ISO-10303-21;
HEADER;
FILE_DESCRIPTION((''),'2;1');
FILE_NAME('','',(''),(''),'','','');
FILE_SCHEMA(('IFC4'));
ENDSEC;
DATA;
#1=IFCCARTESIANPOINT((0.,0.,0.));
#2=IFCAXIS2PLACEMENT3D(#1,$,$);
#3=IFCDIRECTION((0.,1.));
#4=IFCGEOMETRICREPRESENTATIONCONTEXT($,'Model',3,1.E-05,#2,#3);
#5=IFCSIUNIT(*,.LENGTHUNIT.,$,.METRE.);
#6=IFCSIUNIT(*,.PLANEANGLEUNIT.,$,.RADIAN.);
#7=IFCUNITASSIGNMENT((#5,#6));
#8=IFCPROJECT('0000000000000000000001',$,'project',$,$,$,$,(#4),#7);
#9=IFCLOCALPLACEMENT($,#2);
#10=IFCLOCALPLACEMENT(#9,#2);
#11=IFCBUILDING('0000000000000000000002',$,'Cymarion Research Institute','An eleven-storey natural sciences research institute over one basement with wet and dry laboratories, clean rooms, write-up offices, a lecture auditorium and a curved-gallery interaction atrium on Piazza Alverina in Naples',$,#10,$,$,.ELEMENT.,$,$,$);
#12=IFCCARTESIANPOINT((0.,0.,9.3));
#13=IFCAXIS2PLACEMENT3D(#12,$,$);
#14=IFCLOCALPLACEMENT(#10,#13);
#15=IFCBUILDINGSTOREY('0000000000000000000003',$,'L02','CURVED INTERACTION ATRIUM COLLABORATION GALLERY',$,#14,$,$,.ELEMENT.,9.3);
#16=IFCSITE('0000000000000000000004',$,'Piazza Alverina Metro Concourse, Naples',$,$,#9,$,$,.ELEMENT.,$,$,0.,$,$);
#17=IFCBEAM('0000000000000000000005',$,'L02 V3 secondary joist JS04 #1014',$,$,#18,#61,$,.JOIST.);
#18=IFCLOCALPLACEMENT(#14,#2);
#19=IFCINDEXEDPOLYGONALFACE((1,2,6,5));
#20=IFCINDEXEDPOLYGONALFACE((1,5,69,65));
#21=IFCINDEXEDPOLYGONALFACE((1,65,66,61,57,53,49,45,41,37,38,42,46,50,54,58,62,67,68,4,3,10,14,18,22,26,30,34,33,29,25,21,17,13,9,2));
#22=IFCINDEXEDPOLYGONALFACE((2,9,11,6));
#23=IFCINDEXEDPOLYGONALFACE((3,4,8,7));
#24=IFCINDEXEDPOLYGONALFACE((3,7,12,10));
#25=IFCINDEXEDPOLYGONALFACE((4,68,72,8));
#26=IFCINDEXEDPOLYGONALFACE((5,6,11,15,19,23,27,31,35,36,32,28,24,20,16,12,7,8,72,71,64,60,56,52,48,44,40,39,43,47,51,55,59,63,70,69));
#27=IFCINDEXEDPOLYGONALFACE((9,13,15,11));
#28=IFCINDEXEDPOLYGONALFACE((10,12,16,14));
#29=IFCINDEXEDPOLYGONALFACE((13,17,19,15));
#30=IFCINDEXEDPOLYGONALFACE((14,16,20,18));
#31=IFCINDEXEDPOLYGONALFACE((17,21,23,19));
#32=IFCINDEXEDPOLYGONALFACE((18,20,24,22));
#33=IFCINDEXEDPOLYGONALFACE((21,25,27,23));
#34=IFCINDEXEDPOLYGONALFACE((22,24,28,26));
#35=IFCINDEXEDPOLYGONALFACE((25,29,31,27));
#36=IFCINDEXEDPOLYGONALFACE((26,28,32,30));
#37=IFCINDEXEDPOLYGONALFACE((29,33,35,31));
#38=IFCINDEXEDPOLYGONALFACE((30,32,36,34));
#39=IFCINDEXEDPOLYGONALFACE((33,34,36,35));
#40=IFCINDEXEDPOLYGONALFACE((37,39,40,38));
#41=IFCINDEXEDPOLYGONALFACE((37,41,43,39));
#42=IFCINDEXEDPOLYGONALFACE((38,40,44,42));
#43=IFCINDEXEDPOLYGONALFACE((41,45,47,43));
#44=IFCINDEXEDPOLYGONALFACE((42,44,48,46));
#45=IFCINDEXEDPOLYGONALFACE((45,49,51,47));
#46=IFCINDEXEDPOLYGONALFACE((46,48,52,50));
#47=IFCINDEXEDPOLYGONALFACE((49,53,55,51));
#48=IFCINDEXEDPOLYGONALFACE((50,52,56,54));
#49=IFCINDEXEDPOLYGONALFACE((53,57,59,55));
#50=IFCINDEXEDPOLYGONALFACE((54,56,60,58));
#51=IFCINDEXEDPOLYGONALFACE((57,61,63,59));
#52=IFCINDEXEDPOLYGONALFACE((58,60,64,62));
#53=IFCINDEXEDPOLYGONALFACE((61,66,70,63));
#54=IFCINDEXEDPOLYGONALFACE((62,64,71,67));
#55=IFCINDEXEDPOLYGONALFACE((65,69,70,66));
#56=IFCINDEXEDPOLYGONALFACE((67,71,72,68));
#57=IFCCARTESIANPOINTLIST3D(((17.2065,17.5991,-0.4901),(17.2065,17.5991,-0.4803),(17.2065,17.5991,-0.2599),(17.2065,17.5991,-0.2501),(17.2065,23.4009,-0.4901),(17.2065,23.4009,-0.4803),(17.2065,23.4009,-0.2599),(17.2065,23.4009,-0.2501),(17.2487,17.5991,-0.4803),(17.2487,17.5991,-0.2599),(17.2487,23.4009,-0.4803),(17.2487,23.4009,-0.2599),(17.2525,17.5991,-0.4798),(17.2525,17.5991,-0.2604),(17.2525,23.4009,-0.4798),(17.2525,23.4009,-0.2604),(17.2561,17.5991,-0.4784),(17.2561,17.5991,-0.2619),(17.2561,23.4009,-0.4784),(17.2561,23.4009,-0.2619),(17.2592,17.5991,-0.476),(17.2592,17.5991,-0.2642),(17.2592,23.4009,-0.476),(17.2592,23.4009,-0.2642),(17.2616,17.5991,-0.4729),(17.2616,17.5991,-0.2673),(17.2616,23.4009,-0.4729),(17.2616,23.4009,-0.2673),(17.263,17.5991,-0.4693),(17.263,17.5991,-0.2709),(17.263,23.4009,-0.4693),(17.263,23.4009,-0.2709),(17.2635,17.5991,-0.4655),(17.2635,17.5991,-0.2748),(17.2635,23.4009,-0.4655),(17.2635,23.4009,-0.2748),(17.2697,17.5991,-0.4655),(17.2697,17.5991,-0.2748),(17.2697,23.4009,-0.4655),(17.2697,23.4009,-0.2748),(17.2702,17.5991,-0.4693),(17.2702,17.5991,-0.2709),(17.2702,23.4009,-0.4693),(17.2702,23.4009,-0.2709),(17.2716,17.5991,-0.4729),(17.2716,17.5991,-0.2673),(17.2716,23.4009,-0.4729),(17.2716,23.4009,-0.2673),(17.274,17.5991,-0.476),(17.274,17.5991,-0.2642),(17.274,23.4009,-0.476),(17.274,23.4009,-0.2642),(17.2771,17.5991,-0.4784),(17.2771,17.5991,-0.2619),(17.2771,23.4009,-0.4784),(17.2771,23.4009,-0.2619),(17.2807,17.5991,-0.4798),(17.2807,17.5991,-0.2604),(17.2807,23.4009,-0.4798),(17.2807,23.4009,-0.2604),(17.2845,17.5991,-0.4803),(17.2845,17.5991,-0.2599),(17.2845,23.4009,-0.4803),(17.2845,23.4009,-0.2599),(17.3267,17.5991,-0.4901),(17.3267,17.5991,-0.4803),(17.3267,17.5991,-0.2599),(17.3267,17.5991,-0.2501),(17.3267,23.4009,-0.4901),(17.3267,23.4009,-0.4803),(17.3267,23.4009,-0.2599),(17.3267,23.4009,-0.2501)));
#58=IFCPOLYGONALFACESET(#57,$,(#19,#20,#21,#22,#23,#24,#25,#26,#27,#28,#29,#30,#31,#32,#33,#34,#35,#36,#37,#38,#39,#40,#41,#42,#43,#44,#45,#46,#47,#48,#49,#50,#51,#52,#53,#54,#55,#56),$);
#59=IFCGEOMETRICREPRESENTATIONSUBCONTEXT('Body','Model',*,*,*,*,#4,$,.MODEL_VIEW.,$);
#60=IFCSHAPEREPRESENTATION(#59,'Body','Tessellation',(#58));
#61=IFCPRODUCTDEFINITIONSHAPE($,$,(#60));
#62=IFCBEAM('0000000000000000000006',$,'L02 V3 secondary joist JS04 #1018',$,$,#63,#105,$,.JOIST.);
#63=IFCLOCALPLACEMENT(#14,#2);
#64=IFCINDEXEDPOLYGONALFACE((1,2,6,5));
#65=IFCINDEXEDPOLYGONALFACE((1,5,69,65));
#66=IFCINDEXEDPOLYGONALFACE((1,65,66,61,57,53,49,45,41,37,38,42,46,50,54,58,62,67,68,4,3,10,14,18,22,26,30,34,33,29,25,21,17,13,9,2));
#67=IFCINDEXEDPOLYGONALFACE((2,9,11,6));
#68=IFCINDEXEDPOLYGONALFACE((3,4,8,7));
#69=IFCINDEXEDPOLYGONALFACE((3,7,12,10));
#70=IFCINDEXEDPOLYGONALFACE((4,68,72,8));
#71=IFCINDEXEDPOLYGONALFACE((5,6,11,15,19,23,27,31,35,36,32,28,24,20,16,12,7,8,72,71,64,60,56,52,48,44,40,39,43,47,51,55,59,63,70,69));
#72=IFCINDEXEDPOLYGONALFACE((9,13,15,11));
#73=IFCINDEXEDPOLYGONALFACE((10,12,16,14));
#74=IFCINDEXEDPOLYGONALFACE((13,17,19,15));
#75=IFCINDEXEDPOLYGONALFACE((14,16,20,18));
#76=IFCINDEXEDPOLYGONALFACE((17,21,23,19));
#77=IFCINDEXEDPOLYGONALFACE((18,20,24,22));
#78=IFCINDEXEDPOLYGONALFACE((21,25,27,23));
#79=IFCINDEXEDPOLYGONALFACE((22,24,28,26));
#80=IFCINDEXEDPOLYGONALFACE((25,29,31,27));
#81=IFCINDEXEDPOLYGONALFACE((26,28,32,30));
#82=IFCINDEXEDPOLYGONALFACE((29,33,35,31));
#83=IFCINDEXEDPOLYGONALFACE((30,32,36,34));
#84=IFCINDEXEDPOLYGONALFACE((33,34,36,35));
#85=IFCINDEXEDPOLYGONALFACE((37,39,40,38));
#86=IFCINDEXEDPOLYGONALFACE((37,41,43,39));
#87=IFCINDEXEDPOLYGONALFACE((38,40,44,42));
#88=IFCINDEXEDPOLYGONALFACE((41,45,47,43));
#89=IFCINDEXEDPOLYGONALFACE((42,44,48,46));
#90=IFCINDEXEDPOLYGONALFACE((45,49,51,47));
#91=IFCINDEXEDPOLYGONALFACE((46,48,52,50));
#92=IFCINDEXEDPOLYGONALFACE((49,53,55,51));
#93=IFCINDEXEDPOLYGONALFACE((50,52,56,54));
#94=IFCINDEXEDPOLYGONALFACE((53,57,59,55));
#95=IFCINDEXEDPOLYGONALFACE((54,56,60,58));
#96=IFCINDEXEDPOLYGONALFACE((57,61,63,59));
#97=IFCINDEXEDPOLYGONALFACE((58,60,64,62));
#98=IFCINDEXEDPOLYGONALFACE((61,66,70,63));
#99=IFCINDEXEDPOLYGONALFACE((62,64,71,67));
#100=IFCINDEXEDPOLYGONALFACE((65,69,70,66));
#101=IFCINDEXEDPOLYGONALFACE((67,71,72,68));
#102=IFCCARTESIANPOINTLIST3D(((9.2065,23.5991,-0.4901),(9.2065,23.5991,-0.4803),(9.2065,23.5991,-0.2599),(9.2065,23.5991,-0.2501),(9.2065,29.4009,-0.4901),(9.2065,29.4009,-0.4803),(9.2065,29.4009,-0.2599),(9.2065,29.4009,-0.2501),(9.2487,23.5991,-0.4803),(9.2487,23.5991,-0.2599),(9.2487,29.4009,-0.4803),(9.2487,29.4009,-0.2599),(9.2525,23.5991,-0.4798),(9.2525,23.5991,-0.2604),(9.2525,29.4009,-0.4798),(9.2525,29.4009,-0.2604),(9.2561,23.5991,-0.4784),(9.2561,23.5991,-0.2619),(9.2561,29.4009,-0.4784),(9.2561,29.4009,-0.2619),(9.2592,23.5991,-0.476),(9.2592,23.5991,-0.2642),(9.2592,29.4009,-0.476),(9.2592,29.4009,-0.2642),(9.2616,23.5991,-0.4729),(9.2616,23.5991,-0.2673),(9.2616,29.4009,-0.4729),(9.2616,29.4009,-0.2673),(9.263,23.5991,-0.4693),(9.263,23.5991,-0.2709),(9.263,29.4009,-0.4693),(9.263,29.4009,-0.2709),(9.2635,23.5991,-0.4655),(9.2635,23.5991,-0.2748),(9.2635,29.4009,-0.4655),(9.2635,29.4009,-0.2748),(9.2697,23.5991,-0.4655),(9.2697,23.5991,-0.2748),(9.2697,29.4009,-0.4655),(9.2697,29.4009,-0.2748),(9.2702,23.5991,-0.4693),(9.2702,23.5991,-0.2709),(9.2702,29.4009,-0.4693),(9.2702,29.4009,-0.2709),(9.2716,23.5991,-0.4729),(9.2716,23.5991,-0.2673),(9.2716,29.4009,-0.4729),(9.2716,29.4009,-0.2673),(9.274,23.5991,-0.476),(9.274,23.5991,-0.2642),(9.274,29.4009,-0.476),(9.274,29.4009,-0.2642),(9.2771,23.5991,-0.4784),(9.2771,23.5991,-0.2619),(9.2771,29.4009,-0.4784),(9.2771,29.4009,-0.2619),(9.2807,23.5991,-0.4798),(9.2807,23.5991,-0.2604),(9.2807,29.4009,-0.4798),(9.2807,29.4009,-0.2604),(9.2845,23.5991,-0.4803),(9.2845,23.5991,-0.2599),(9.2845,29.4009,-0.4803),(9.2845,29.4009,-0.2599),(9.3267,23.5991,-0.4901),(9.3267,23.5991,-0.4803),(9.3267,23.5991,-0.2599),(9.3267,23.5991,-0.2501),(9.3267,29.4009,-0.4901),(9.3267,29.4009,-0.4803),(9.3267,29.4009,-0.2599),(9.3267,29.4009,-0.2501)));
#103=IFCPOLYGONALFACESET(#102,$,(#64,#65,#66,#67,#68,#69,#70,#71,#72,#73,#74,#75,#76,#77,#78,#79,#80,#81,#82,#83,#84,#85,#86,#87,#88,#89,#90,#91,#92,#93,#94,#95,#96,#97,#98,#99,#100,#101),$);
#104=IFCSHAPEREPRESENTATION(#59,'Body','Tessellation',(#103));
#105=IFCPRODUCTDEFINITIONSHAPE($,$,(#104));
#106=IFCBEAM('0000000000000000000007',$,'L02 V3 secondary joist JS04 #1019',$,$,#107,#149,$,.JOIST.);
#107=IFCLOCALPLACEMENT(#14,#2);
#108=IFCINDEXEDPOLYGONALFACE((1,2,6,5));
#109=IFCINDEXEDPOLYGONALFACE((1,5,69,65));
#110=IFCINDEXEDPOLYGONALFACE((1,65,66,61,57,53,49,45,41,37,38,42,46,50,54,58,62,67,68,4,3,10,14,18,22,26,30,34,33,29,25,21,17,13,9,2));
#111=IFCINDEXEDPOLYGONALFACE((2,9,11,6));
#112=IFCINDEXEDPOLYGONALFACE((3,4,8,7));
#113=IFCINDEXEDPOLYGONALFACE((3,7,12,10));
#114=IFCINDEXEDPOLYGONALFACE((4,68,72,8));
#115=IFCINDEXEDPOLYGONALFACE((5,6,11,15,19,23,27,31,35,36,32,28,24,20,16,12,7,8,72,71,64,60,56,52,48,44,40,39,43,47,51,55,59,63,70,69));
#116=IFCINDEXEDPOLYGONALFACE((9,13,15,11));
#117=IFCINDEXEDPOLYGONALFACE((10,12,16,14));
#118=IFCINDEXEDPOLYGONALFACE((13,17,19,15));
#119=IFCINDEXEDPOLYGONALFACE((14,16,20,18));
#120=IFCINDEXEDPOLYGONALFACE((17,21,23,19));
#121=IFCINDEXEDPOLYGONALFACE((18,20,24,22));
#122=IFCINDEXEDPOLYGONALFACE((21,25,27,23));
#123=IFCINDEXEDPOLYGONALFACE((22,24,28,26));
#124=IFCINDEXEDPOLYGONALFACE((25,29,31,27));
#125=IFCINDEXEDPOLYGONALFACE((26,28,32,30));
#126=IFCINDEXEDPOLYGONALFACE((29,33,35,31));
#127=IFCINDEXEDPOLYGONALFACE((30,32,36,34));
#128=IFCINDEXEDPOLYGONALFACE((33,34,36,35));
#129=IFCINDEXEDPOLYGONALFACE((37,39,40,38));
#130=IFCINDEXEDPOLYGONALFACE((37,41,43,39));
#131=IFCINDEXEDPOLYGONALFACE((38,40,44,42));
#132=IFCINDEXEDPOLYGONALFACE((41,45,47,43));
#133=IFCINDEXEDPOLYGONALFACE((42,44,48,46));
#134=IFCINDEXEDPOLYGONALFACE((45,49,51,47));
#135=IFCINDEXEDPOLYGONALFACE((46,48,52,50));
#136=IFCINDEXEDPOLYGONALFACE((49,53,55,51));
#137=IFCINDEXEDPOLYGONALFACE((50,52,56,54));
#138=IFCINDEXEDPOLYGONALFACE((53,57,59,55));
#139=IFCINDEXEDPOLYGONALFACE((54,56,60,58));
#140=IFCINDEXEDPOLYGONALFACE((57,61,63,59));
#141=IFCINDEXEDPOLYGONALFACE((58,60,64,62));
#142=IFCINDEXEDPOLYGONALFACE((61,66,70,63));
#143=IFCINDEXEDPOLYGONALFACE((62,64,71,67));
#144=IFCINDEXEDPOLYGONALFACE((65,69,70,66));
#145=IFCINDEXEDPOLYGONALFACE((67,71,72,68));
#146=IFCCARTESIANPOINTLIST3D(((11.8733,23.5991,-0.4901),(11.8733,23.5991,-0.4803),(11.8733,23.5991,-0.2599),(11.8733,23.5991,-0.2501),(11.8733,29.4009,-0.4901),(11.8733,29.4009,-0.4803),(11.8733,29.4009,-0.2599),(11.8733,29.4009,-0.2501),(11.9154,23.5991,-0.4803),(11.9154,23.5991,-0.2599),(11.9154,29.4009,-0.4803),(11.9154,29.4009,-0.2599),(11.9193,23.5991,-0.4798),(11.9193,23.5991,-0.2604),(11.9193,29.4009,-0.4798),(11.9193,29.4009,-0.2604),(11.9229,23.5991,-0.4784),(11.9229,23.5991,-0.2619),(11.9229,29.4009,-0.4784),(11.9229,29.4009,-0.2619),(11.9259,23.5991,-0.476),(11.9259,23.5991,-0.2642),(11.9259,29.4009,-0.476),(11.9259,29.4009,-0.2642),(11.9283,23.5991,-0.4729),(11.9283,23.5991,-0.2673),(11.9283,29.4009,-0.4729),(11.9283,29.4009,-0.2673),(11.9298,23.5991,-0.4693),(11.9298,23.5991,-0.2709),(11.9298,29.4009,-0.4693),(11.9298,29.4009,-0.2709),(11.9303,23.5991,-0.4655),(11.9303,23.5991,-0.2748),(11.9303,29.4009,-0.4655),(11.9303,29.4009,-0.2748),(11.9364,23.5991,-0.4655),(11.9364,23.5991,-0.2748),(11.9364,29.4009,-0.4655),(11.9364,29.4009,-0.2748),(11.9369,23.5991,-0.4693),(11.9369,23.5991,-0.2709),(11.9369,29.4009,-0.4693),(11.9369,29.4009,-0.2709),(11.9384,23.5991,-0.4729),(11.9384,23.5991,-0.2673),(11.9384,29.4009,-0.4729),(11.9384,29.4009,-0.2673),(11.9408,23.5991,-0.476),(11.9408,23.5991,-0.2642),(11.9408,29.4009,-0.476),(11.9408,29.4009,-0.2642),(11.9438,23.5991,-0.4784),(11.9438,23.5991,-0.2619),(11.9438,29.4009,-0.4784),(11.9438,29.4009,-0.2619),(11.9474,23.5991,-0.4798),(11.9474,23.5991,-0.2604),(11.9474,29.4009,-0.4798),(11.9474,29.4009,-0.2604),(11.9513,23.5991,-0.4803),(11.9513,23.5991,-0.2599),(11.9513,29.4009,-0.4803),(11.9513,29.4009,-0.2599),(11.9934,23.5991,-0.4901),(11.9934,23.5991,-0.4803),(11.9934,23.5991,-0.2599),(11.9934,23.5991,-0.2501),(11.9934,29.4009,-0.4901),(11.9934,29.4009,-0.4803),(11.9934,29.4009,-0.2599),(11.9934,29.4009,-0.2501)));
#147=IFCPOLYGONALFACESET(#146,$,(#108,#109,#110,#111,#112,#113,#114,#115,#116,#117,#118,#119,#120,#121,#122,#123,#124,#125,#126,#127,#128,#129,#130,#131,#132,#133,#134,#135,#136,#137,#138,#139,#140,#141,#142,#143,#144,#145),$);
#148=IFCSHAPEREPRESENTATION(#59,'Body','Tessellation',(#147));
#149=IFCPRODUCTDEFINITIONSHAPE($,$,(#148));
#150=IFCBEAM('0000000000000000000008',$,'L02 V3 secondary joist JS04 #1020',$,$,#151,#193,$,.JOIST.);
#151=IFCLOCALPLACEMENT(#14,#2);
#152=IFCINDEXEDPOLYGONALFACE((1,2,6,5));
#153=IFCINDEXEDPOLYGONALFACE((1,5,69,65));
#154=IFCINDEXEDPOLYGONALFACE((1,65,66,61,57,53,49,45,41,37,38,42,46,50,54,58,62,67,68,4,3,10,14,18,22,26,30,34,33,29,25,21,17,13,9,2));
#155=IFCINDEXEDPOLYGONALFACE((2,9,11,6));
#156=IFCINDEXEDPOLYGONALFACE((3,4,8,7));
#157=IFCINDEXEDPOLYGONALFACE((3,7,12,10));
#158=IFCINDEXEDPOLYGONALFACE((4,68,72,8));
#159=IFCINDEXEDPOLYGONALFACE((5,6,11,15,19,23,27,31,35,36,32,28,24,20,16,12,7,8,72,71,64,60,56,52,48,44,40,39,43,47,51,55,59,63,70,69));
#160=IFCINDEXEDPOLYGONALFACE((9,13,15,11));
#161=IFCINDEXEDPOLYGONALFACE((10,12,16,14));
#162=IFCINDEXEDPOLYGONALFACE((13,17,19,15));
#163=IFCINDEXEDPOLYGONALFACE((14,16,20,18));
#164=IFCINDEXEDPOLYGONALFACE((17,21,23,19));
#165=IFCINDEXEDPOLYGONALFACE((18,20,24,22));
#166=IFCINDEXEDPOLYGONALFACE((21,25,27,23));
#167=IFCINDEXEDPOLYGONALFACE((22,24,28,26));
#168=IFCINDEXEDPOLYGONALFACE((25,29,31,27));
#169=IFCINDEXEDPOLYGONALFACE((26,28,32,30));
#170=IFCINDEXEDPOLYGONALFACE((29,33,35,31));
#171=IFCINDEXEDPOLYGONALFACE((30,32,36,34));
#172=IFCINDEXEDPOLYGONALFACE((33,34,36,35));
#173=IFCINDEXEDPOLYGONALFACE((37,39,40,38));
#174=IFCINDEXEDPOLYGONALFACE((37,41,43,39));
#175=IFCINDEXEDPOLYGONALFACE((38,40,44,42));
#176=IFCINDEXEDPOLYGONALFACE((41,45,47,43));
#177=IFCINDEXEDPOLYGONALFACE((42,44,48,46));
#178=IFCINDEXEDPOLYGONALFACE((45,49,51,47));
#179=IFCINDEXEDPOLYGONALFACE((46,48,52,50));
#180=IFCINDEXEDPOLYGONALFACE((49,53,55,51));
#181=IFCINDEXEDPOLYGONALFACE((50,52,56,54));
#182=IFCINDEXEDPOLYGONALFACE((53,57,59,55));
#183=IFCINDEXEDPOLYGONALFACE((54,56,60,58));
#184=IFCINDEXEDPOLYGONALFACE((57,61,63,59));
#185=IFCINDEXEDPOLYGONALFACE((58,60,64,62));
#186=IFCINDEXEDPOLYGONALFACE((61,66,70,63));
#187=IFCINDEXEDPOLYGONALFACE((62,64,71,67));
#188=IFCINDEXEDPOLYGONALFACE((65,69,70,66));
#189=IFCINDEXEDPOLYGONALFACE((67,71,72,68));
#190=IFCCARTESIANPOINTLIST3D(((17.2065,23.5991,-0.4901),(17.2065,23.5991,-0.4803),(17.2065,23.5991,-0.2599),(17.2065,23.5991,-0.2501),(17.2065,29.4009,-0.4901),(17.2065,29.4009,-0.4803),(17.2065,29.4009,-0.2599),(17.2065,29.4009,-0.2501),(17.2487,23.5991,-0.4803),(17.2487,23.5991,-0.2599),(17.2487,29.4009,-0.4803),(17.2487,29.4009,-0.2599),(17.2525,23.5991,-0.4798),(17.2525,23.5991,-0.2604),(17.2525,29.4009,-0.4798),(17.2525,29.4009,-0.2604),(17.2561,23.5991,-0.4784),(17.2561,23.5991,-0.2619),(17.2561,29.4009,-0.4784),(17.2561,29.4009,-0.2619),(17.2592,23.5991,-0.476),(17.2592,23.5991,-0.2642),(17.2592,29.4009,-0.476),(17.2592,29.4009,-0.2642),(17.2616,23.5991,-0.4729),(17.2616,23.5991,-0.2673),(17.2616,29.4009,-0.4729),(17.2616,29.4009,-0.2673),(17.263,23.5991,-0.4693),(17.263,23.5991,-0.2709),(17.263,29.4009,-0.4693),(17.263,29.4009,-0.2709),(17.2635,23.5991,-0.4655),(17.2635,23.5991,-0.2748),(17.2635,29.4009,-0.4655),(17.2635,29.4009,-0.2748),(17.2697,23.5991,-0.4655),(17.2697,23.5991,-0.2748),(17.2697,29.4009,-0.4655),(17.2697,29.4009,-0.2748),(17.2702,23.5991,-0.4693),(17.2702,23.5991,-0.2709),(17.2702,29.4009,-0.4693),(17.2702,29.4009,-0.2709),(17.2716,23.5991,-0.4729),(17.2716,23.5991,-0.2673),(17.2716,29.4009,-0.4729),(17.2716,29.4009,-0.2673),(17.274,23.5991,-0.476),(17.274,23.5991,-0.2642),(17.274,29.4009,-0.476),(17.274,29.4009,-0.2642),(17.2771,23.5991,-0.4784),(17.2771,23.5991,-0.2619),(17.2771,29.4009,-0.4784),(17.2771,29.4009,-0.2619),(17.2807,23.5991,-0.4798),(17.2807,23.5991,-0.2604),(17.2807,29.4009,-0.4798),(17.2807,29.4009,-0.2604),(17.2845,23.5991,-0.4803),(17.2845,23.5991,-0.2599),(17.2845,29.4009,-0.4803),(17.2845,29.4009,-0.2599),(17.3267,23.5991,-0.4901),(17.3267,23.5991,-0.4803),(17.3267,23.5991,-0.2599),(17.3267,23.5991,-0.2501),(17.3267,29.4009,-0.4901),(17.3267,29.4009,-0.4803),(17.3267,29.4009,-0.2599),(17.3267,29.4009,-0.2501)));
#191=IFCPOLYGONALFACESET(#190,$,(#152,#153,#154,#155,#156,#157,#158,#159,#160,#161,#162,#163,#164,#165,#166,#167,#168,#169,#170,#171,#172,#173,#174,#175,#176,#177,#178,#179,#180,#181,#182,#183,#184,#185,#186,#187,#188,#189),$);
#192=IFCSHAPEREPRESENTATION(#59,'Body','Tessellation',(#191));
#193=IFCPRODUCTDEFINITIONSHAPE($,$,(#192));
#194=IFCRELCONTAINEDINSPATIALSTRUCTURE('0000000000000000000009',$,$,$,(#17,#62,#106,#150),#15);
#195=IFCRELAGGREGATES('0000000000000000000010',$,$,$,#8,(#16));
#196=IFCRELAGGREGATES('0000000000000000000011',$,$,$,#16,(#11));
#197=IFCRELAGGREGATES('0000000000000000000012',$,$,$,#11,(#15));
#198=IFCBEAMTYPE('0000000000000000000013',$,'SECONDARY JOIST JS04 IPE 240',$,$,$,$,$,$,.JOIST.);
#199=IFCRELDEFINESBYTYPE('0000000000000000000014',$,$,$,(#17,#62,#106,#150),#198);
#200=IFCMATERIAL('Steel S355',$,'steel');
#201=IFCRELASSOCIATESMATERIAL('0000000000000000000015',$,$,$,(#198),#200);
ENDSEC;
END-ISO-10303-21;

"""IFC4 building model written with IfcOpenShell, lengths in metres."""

from ifc_helpers import new_model, si_unit, direction, frame, origin, origin_2d, place, context, subcontext, project, spatial, i_section, extrude, material, material_profile, profile_set, type_object, element, save


model = new_model("IFC4")

# Units and contexts
model_context = context("Model", 3, precision=1e-05, world=origin(), true_north=direction((0.0, 1.0)))
body_context = subcontext(model_context, "Body", "Model", "MODEL_VIEW")
ifc_project = project(units=[si_unit("LENGTHUNIT", "METRE"), si_unit("PLANEANGLEUNIT", "RADIAN")], contexts=[model_context])

# Site, building, storey
site_placement = place(None, origin())
site = spatial("IfcSite", under=ifc_project, at=site_placement, Name="Piazza Alverina Metro Concourse, Naples", CompositionType="ELEMENT", RefElevation=0.0)
building_placement = place(site_placement, origin())
building = spatial("IfcBuilding", under=site, at=building_placement, Name="Cymarion Research Institute", Description="An eleven-storey natural sciences research institute over one basement with wet and dry laboratories, clean rooms, write-up offices, a lecture auditorium and a curved-gallery interaction atrium on Piazza Alverina in Naples", CompositionType="ELEMENT")
storey_placement = place(building_placement, frame((0.0, 0.0, 9.3)))
storey = spatial("IfcBuildingStorey", under=building, at=storey_placement, Name="L02", Description="CURVED INTERACTION ATRIUM COLLABORATION GALLERY", CompositionType="ELEMENT", Elevation=9.3)

# Shared definitions
ifc_material_1 = material(Name="Steel S355", Category="steel")

# Beams
ifc_material_profile_1 = material_profile(ifc_material_1, i_section(OverallWidth=0.1201, OverallDepth=0.24, WebThickness=0.0061, FlangeThickness=0.0098, FilletRadius=0.0149, at=origin_2d()), Name="IPE 240")
ifc_profile_set_1 = profile_set([ifc_material_profile_1], Name="Steel S355")
beam_type_1 = type_object("IfcBeamType", Name="SECONDARY JOIST JS04 IPE 240", PredefinedType="JOIST", material=ifc_profile_set_1)
for number, where, z_axis, x_axis, name in (
    (1, (17.2666, 17.5991, -0.3701), (0.0, 1.0, 0.0), (-1.0, 0.0, 0.0), "L02 V3 secondary joist JS04 #1014"),
    (2, (9.2666, 23.5991, -0.3701), (0.0, 1.0, 0.0), (-1.0, 0.0, 0.0), "L02 V3 secondary joist JS04 #1018"),
    (3, (11.9333, 23.5991, -0.3701), (0.0, 1.0, 0.0), (-1.0, 0.0, 0.0), "L02 V3 secondary joist JS04 #1019"),
    (4, (17.2666, 23.5991, -0.3701), (0.0, 1.0, 0.0), (-1.0, 0.0, 0.0), "L02 V3 secondary joist JS04 #1020"),
):
    element("IfcBeam", number, at=place(storey_placement, frame(where, z_axis=z_axis, x_axis=x_axis)), inside=storey, type_object=beam_type_1, Name=name, PredefinedType="JOIST", context=body_context, shape_type="SweptSolid", body=[
        extrude(i_section(OverallWidth=0.1201, OverallDepth=0.24, WebThickness=0.0061, FlangeThickness=0.0098, FilletRadius=0.0149, at=origin_2d()), origin(), (0.0, 0.0, 1.0), 5.8018),
    ])

save(model, "model.ifc")
